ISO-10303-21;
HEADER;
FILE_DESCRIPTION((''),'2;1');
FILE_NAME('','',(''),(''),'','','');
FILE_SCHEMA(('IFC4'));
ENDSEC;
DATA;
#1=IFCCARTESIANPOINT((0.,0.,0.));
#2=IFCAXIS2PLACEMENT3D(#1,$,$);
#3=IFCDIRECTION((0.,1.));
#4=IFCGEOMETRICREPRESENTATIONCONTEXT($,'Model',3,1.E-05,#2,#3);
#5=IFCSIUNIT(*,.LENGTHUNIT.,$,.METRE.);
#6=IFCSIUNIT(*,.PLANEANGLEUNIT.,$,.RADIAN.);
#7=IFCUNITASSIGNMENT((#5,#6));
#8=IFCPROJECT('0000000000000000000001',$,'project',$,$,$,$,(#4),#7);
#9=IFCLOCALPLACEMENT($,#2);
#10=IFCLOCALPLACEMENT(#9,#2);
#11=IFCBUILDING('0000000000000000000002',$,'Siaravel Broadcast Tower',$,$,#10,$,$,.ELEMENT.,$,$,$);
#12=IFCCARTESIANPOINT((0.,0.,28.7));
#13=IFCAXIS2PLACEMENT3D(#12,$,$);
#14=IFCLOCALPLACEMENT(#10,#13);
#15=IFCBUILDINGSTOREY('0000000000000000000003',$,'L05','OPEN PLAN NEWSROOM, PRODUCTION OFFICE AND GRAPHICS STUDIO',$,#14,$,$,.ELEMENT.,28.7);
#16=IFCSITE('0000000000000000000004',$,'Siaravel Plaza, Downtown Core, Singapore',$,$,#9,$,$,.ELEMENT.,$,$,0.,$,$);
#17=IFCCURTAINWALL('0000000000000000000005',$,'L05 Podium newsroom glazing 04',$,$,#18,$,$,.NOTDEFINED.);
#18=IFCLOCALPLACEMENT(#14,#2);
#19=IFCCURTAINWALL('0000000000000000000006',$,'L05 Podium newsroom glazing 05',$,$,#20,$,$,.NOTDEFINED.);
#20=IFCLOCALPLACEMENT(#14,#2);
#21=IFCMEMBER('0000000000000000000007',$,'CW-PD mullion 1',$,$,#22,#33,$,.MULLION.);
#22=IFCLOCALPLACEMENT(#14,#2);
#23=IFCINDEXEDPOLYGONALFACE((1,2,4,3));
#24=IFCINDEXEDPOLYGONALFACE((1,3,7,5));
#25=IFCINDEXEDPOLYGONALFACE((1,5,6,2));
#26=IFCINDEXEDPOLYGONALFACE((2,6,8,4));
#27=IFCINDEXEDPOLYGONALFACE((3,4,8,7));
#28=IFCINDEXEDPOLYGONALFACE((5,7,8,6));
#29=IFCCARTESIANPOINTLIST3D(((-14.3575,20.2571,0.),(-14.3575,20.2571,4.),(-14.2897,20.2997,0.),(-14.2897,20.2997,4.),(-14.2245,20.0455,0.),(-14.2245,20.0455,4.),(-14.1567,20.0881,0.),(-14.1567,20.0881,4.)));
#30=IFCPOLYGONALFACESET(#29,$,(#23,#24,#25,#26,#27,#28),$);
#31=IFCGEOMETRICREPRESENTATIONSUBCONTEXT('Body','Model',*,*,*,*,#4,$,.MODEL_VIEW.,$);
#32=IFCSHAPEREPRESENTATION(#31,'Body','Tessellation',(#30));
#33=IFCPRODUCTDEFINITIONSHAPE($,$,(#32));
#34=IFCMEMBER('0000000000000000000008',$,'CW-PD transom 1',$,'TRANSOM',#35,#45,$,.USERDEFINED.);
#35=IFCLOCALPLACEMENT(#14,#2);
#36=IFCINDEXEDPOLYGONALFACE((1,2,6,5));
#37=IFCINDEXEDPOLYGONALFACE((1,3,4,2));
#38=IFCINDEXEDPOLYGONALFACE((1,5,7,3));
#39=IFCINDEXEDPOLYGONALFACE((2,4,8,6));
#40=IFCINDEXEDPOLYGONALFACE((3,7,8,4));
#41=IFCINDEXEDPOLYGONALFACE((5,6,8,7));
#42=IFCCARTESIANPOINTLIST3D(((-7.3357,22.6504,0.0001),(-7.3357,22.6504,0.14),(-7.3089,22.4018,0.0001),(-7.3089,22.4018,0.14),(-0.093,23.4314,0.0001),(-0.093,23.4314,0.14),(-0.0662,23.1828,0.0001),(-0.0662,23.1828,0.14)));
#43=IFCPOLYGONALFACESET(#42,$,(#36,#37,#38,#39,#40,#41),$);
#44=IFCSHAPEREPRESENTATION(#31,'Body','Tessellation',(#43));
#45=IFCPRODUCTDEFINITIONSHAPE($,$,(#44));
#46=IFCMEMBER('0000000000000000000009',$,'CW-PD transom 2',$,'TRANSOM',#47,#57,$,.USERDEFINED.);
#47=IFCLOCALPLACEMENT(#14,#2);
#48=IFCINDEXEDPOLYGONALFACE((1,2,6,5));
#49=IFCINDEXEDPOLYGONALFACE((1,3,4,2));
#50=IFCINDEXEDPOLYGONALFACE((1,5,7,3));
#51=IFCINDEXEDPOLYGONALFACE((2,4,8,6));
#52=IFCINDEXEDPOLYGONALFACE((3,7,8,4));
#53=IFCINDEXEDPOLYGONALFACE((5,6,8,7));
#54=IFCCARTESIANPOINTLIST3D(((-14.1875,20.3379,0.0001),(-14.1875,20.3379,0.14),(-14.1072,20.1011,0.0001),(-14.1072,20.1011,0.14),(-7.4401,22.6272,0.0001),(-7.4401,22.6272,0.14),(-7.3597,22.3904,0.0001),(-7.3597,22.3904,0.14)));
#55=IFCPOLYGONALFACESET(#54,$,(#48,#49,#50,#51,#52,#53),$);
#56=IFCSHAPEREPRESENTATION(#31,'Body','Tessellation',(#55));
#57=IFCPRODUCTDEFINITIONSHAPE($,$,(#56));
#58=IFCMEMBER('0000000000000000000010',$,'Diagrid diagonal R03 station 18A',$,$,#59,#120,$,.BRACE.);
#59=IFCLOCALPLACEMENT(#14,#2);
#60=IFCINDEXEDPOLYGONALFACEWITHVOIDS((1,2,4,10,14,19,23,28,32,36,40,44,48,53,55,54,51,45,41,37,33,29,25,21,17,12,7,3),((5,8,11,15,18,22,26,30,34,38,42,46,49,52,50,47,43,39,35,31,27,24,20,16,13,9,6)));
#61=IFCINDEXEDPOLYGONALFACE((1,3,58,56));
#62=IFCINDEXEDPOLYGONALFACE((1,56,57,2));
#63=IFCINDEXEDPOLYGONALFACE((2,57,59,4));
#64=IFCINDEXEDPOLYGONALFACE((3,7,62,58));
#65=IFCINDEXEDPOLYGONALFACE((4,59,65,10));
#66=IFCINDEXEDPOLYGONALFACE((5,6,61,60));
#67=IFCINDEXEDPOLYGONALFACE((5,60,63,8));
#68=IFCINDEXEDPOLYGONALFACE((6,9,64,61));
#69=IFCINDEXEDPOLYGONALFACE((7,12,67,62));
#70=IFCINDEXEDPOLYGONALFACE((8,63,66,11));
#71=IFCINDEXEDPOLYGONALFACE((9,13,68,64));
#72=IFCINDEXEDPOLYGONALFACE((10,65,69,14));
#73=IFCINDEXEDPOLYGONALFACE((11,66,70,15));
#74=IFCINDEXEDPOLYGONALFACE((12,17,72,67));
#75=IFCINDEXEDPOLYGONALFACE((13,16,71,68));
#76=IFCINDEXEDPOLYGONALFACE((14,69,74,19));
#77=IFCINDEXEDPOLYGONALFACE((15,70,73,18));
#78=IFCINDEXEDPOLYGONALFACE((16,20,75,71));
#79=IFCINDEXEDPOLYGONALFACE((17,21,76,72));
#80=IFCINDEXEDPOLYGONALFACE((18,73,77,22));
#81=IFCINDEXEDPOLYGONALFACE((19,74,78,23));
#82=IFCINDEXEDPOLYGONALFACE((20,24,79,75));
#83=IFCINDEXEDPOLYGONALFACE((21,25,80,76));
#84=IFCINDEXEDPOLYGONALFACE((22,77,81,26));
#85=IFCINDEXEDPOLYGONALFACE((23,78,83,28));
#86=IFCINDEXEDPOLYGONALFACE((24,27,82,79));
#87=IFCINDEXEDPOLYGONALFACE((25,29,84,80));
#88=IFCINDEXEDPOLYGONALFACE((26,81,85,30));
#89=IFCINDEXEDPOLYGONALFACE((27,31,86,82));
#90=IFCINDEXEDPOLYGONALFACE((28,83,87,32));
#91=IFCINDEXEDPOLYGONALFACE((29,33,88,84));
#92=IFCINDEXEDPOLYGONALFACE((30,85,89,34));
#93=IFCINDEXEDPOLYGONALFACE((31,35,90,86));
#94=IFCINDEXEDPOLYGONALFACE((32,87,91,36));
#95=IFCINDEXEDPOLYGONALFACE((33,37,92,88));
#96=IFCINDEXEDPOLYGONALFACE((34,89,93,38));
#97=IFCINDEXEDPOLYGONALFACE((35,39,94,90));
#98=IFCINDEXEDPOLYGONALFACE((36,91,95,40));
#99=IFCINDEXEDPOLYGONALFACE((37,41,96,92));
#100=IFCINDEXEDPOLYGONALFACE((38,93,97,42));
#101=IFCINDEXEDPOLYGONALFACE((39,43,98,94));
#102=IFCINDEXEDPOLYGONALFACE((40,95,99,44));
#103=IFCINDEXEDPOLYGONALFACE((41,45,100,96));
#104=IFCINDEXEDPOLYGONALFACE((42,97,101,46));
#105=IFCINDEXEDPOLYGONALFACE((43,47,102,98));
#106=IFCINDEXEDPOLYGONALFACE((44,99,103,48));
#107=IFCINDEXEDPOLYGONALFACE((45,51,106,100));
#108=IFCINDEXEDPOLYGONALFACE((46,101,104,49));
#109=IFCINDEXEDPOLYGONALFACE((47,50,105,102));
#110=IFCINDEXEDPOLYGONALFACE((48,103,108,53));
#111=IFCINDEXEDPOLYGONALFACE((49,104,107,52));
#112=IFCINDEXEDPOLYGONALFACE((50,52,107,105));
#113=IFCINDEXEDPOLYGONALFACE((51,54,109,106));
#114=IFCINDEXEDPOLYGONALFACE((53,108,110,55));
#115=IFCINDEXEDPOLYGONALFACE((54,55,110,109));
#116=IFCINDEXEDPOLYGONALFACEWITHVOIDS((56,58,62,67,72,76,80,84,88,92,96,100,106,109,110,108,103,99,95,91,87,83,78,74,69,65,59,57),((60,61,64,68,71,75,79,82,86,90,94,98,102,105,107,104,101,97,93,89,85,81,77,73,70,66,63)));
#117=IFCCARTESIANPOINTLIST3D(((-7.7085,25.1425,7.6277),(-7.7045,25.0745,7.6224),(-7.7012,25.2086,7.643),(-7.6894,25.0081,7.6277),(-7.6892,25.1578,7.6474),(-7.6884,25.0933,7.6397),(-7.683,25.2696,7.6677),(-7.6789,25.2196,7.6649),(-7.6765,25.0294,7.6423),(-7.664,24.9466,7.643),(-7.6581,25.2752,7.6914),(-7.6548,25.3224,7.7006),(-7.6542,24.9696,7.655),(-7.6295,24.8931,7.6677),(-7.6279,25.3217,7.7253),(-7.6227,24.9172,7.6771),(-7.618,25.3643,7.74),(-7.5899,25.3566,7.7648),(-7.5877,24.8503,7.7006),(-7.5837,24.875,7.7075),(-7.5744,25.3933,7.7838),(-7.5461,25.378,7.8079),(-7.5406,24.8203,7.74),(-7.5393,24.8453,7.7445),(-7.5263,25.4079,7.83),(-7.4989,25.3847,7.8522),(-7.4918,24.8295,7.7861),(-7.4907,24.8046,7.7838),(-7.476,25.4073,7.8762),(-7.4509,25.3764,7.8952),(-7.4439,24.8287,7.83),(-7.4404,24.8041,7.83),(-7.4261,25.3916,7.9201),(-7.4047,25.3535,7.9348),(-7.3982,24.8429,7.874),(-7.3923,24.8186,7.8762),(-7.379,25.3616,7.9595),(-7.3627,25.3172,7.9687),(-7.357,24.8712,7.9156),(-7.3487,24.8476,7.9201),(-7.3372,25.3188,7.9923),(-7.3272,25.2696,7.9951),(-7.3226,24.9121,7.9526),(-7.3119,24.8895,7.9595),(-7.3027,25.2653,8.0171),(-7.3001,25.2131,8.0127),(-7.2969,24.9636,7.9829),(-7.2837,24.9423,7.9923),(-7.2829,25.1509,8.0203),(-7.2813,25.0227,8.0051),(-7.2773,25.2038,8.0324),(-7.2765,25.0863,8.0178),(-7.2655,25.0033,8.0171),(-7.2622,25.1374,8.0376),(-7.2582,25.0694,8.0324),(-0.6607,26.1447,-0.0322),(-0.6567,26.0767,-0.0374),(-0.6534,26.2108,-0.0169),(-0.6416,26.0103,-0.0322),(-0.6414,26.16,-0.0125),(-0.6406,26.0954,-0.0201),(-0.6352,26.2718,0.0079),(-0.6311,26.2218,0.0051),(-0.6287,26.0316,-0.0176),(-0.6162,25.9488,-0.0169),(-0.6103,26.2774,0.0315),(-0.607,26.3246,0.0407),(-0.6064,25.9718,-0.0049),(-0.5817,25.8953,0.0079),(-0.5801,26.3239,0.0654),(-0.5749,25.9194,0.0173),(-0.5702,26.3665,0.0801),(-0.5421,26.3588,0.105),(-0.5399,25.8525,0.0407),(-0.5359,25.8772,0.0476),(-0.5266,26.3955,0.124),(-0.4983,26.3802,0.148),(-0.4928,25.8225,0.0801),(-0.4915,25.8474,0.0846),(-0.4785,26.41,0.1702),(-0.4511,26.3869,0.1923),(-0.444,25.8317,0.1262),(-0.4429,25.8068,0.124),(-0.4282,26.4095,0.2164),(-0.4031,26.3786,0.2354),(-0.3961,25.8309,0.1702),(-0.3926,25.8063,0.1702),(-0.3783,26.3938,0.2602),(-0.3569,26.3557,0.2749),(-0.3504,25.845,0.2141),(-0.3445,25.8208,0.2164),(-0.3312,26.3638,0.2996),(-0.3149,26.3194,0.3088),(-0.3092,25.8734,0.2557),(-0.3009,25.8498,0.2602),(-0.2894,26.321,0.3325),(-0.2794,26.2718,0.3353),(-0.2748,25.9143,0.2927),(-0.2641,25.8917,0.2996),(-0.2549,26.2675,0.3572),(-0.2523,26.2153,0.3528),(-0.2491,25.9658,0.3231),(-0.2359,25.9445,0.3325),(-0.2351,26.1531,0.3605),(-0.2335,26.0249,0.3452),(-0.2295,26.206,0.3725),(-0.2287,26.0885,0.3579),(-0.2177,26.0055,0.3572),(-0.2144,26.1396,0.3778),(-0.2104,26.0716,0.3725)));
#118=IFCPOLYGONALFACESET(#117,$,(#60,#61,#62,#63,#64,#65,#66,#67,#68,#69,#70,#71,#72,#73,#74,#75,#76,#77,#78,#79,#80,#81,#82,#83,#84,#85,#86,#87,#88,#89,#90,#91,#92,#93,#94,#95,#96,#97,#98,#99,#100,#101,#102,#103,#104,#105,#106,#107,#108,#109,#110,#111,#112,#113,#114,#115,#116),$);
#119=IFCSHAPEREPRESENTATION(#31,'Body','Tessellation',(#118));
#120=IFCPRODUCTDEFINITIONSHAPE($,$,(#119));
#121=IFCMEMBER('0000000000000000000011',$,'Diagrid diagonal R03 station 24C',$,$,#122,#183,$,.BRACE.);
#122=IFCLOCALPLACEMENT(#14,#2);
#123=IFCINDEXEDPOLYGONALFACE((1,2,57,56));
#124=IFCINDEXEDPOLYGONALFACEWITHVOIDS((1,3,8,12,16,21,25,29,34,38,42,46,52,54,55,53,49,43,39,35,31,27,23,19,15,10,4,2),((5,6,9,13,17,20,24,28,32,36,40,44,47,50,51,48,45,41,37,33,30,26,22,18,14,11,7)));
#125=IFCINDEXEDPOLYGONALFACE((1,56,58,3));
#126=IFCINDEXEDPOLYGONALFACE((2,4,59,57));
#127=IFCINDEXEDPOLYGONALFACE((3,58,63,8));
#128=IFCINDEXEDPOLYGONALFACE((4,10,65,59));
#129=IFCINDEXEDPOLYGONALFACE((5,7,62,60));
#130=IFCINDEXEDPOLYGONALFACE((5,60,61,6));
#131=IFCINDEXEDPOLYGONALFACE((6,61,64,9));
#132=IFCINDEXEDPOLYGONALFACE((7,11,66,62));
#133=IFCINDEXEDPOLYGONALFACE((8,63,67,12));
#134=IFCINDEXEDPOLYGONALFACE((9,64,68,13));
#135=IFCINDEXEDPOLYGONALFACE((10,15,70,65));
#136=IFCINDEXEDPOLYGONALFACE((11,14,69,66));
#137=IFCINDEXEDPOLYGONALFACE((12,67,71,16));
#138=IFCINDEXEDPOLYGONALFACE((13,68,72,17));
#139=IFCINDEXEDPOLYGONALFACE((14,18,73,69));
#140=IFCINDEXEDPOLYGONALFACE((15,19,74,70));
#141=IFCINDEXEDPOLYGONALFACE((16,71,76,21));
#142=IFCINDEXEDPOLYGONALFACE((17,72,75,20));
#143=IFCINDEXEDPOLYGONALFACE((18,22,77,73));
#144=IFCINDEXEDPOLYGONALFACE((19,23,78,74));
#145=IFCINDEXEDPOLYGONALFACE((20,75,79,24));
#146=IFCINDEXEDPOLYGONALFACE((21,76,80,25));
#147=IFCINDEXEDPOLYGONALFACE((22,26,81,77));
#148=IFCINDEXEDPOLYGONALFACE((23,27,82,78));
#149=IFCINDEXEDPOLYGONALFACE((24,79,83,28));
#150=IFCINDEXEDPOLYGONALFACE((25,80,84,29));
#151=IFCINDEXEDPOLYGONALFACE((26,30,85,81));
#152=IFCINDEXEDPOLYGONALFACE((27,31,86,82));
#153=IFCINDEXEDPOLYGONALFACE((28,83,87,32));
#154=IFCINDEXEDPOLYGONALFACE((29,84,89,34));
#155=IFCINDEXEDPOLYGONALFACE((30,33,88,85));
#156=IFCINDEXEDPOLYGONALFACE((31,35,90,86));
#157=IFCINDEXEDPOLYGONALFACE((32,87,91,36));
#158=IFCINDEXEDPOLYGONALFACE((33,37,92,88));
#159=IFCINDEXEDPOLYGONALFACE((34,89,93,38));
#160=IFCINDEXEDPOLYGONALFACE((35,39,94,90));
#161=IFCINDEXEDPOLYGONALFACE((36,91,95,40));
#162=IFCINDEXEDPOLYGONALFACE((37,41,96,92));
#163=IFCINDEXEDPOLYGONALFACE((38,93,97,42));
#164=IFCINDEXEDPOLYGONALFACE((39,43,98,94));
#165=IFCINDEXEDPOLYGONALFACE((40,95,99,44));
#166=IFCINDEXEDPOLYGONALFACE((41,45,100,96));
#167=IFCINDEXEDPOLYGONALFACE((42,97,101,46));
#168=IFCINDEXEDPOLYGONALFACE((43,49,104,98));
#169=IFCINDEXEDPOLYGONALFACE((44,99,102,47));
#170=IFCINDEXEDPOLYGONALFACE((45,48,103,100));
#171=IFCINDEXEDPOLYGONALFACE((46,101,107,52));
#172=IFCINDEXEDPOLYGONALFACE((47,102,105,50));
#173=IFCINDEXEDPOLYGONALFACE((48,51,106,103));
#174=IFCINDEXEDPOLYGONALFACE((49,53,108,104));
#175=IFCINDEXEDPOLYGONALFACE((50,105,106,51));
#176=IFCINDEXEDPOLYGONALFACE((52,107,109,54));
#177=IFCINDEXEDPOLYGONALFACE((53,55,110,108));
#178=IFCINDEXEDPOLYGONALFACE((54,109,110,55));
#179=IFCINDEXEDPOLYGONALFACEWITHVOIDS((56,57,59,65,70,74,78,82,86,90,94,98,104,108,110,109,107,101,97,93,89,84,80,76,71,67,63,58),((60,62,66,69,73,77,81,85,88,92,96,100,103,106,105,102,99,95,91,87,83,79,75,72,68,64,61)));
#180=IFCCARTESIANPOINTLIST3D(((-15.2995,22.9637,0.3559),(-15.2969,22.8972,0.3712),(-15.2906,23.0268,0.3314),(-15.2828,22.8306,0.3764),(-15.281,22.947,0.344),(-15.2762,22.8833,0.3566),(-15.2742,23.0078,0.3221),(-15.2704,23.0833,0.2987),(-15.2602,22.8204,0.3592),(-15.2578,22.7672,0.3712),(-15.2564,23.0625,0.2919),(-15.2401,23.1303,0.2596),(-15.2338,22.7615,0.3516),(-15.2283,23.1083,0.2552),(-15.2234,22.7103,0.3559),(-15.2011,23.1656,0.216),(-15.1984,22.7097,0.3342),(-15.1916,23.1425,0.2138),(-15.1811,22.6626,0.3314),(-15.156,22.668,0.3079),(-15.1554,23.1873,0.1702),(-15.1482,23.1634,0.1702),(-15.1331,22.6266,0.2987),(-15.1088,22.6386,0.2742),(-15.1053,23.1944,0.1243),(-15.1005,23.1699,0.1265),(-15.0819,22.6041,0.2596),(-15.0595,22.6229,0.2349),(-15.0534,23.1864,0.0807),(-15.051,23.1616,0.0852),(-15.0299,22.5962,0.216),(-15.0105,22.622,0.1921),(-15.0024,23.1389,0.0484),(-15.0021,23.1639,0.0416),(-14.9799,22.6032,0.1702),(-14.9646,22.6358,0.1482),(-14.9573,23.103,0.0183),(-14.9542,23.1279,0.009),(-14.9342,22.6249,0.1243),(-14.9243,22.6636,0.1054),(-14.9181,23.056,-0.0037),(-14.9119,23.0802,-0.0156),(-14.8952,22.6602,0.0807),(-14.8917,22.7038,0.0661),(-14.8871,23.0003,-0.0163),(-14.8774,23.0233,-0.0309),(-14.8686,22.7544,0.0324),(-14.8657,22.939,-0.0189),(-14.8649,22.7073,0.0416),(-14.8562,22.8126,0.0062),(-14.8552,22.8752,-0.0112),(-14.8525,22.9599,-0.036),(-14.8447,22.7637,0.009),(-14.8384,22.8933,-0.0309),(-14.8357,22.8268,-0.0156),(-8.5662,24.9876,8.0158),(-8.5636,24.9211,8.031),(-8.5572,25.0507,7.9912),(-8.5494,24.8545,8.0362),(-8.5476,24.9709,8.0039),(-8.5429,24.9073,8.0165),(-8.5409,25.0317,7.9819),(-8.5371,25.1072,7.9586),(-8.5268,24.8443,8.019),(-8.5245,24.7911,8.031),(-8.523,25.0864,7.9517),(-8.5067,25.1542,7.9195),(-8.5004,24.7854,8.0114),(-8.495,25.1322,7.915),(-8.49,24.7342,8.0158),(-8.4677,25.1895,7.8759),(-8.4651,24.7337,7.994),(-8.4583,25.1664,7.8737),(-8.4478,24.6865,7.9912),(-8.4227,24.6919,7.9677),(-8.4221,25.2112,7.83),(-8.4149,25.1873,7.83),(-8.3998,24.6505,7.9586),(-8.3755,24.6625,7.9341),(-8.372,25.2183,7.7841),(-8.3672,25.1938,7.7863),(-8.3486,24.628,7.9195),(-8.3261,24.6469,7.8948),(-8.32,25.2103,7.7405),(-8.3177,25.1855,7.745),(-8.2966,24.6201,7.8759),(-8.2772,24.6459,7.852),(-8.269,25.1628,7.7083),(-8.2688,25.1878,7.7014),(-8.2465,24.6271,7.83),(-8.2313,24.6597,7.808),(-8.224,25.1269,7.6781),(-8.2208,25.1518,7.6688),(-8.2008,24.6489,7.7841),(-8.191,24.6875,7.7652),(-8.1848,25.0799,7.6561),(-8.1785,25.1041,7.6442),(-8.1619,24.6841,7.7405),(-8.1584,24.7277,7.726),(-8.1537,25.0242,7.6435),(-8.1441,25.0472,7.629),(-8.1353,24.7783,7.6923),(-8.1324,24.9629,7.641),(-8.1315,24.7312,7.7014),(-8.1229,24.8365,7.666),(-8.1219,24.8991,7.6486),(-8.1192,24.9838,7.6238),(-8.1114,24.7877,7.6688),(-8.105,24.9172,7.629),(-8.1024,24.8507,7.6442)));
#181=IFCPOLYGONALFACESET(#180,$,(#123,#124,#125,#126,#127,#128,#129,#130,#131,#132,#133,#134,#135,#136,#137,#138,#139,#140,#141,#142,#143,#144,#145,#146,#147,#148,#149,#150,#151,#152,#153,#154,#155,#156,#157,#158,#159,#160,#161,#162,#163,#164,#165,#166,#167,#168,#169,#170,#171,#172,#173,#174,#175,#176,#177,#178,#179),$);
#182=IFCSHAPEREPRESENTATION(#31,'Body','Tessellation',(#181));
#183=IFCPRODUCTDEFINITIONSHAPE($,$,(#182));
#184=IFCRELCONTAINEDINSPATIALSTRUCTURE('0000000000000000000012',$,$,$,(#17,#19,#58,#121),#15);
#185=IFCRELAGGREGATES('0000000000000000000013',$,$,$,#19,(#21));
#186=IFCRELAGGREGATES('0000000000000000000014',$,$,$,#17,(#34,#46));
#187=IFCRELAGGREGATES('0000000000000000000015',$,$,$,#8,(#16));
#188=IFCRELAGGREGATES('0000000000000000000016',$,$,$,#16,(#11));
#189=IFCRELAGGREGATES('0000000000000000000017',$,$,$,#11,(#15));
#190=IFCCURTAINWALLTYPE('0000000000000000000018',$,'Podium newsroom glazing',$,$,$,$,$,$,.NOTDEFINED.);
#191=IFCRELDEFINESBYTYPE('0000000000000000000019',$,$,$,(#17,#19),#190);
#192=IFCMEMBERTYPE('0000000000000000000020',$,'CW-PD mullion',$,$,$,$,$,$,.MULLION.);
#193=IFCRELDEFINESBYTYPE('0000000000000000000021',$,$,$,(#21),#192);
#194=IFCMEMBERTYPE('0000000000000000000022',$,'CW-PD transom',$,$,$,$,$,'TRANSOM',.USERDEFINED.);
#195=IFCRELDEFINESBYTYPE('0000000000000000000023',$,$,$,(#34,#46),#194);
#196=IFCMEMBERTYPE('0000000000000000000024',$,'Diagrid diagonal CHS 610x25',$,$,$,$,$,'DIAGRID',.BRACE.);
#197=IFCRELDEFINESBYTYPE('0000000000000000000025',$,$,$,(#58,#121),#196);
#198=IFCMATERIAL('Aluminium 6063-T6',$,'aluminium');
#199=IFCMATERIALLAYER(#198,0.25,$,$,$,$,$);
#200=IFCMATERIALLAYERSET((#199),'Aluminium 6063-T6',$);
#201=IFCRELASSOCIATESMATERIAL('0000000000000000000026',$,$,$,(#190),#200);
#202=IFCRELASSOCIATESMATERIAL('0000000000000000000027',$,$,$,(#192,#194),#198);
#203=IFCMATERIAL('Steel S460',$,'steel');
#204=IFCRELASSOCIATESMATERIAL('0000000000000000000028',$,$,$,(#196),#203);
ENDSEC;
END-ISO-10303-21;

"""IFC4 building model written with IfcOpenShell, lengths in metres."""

from ifc_helpers import new_model, si_unit, direction, frame, origin, origin_2d, place, context, subcontext, project, spatial, rectangle, hollow_circle, extrude, material, layer, layer_set, material_profile, profile_set, type_object, element, aggregate, save


model = new_model("IFC4")

# Units and contexts
model_context = context("Model", 3, precision=1e-05, world=origin(), true_north=direction((0.0, 1.0)))
body_context = subcontext(model_context, "Body", "Model", "MODEL_VIEW")
ifc_project = project(units=[si_unit("LENGTHUNIT", "METRE"), si_unit("PLANEANGLEUNIT", "RADIAN")], contexts=[model_context])

# Site, building, storey
site_placement = place(None, origin())
site = spatial("IfcSite", under=ifc_project, at=site_placement, Name="Siaravel Plaza, Downtown Core, Singapore", CompositionType="ELEMENT", RefElevation=0.0)
building_placement = place(site_placement, origin())
building = spatial("IfcBuilding", under=site, at=building_placement, Name="Siaravel Broadcast Tower", CompositionType="ELEMENT")
storey_placement = place(building_placement, frame((0.0, 0.0, 28.7)))
storey = spatial("IfcBuildingStorey", under=building, at=storey_placement, Name="L05", Description="OPEN PLAN NEWSROOM, PRODUCTION OFFICE AND GRAPHICS STUDIO", CompositionType="ELEMENT", Elevation=28.7)

# Curtain wall
ifc_material_1 = material(Name="Aluminium 6063-T6", Category="aluminium")
ifc_layer_1 = layer(ifc_material_1, 0.25)
ifc_layer_set_1 = layer_set([ifc_layer_1], Name="Aluminium 6063-T6")
curtain_wall_type = type_object("IfcCurtainWallType", Name="Podium newsroom glazing", PredefinedType="NOTDEFINED", material=ifc_layer_set_1)
curtain_wall_1_placement = place(storey_placement, origin())
curtain_wall_1 = element("IfcCurtainWall", 1, at=curtain_wall_1_placement, inside=storey, type_object=curtain_wall_type, Name="L05 Podium newsroom glazing 04", PredefinedType="NOTDEFINED")
ifc_material_profile_1 = material_profile(ifc_material_1, rectangle(XDim=0.25, YDim=0.0801, at=origin_2d()))
ifc_profile_set_1 = profile_set([ifc_material_profile_1], Name="Aluminium 6063-T6")
member_type_1 = type_object("IfcMemberType", Name="CW-PD mullion", PredefinedType="MULLION", material=ifc_profile_set_1)

# Curtain wall, member
curtain_wall_2_placement = place(storey_placement, origin())
curtain_wall_2 = element("IfcCurtainWall", 2, at=curtain_wall_2_placement, inside=storey, type_object=curtain_wall_type, Name="L05 Podium newsroom glazing 05", PredefinedType="NOTDEFINED")
member_1_placement = place(storey_placement, frame((-14.2571, 20.1726, 0.0), z_axis=(0.0, 0.0, 1.0), x_axis=(0.532148, -0.846651, 0.0)))
member_1 = element("IfcMember", 3, at=member_1_placement, type_object=member_type_1, Name="CW-PD mullion 1", PredefinedType="MULLION", context=body_context, shape_type="SweptSolid", body=[
    extrude(rectangle(XDim=0.25, YDim=0.0801, at=origin_2d()), origin(), (0.0, 0.0, 1.0), 4.0),
])
aggregate(curtain_wall_2, [member_1])

# Members
ifc_material_profile_2 = material_profile(ifc_material_1, rectangle(XDim=0.25, YDim=0.1399, at=origin_2d()))
ifc_profile_set_2 = profile_set([ifc_material_profile_2], Name="Aluminium 6063-T6")
member_type_2 = type_object("IfcMemberType", Name="CW-PD transom", ElementType="TRANSOM", PredefinedType="USERDEFINED", material=ifc_profile_set_2)
member_2_placement = place(storey_placement, frame((-0.0796, 23.3071, 0.0701), z_axis=(-0.994236, -0.107212, 0.0), x_axis=(0.107212, -0.994236, 0.0)))
member_2 = element("IfcMember", 4, at=member_2_placement, type_object=member_type_2, Name="CW-PD transom 1", ObjectType="TRANSOM", PredefinedType="USERDEFINED", context=body_context, shape_type="SweptSolid", body=[
    extrude(rectangle(XDim=0.25, YDim=0.1399, at=origin_2d()), origin(), (0.0, 0.0, 1.0), 7.2847),
])
member_3_placement = place(storey_placement, frame((-7.3999, 22.5088, 0.0701), z_axis=(-0.946981, -0.321291, 0.0), x_axis=(0.321291, -0.946981, 0.0)))
member_3 = element("IfcMember", 5, at=member_3_placement, type_object=member_type_2, Name="CW-PD transom 2", ObjectType="TRANSOM", PredefinedType="USERDEFINED", context=body_context, shape_type="SweptSolid", body=[
    extrude(rectangle(XDim=0.25, YDim=0.1399, at=origin_2d()), origin(), (0.0, 0.0, 1.0), 7.1252),
])

# Members
ifc_material_2 = material(Name="Steel S460", Category="steel")
ifc_material_profile_3 = material_profile(ifc_material_2, hollow_circle(Radius=0.3049, WallThickness=0.0249, at=origin_2d()))
ifc_profile_set_3 = profile_set([ifc_material_profile_3], Name="Steel S460")
member_type_3 = type_object("IfcMemberType", Name="Diagrid diagonal CHS 610x25", ElementType="DIAGRID", PredefinedType="BRACE", material=ifc_profile_set_3)
member_4_placement = place(storey_placement, frame((-0.4355, 26.1082, 0.1702), z_axis=(-0.673978, -0.095839, 0.732509), x_axis=(0.140783, -0.990041, 0.0)))
element("IfcMember", 6, at=member_4_placement, inside=storey, type_object=member_type_3, Name="Diagrid diagonal R03 station 18A", PredefinedType="BRACE", context=body_context, shape_type="SweptSolid", body=[
    extrude(hollow_circle(Radius=0.3049, WallThickness=0.0249, at=origin_2d()), origin(), (0.0, 0.0, 1.0), 10.457),
])
member_5_placement = place(storey_placement, frame((-15.0676, 22.8953, 0.1702), z_axis=(0.647594, 0.194654, 0.736703), x_axis=(-0.287858, 0.957673, 0.0)))
element("IfcMember", 7, at=member_5_placement, inside=storey, type_object=member_type_3, Name="Diagrid diagonal R03 station 24C", PredefinedType="BRACE", context=body_context, shape_type="SweptSolid", body=[
    extrude(hollow_circle(Radius=0.3049, WallThickness=0.0249, at=origin_2d()), origin(), (0.0, 0.0, 1.0), 10.3975),
])

aggregate(curtain_wall_1, [member_2, member_3])

save(model, "model.ifc")
